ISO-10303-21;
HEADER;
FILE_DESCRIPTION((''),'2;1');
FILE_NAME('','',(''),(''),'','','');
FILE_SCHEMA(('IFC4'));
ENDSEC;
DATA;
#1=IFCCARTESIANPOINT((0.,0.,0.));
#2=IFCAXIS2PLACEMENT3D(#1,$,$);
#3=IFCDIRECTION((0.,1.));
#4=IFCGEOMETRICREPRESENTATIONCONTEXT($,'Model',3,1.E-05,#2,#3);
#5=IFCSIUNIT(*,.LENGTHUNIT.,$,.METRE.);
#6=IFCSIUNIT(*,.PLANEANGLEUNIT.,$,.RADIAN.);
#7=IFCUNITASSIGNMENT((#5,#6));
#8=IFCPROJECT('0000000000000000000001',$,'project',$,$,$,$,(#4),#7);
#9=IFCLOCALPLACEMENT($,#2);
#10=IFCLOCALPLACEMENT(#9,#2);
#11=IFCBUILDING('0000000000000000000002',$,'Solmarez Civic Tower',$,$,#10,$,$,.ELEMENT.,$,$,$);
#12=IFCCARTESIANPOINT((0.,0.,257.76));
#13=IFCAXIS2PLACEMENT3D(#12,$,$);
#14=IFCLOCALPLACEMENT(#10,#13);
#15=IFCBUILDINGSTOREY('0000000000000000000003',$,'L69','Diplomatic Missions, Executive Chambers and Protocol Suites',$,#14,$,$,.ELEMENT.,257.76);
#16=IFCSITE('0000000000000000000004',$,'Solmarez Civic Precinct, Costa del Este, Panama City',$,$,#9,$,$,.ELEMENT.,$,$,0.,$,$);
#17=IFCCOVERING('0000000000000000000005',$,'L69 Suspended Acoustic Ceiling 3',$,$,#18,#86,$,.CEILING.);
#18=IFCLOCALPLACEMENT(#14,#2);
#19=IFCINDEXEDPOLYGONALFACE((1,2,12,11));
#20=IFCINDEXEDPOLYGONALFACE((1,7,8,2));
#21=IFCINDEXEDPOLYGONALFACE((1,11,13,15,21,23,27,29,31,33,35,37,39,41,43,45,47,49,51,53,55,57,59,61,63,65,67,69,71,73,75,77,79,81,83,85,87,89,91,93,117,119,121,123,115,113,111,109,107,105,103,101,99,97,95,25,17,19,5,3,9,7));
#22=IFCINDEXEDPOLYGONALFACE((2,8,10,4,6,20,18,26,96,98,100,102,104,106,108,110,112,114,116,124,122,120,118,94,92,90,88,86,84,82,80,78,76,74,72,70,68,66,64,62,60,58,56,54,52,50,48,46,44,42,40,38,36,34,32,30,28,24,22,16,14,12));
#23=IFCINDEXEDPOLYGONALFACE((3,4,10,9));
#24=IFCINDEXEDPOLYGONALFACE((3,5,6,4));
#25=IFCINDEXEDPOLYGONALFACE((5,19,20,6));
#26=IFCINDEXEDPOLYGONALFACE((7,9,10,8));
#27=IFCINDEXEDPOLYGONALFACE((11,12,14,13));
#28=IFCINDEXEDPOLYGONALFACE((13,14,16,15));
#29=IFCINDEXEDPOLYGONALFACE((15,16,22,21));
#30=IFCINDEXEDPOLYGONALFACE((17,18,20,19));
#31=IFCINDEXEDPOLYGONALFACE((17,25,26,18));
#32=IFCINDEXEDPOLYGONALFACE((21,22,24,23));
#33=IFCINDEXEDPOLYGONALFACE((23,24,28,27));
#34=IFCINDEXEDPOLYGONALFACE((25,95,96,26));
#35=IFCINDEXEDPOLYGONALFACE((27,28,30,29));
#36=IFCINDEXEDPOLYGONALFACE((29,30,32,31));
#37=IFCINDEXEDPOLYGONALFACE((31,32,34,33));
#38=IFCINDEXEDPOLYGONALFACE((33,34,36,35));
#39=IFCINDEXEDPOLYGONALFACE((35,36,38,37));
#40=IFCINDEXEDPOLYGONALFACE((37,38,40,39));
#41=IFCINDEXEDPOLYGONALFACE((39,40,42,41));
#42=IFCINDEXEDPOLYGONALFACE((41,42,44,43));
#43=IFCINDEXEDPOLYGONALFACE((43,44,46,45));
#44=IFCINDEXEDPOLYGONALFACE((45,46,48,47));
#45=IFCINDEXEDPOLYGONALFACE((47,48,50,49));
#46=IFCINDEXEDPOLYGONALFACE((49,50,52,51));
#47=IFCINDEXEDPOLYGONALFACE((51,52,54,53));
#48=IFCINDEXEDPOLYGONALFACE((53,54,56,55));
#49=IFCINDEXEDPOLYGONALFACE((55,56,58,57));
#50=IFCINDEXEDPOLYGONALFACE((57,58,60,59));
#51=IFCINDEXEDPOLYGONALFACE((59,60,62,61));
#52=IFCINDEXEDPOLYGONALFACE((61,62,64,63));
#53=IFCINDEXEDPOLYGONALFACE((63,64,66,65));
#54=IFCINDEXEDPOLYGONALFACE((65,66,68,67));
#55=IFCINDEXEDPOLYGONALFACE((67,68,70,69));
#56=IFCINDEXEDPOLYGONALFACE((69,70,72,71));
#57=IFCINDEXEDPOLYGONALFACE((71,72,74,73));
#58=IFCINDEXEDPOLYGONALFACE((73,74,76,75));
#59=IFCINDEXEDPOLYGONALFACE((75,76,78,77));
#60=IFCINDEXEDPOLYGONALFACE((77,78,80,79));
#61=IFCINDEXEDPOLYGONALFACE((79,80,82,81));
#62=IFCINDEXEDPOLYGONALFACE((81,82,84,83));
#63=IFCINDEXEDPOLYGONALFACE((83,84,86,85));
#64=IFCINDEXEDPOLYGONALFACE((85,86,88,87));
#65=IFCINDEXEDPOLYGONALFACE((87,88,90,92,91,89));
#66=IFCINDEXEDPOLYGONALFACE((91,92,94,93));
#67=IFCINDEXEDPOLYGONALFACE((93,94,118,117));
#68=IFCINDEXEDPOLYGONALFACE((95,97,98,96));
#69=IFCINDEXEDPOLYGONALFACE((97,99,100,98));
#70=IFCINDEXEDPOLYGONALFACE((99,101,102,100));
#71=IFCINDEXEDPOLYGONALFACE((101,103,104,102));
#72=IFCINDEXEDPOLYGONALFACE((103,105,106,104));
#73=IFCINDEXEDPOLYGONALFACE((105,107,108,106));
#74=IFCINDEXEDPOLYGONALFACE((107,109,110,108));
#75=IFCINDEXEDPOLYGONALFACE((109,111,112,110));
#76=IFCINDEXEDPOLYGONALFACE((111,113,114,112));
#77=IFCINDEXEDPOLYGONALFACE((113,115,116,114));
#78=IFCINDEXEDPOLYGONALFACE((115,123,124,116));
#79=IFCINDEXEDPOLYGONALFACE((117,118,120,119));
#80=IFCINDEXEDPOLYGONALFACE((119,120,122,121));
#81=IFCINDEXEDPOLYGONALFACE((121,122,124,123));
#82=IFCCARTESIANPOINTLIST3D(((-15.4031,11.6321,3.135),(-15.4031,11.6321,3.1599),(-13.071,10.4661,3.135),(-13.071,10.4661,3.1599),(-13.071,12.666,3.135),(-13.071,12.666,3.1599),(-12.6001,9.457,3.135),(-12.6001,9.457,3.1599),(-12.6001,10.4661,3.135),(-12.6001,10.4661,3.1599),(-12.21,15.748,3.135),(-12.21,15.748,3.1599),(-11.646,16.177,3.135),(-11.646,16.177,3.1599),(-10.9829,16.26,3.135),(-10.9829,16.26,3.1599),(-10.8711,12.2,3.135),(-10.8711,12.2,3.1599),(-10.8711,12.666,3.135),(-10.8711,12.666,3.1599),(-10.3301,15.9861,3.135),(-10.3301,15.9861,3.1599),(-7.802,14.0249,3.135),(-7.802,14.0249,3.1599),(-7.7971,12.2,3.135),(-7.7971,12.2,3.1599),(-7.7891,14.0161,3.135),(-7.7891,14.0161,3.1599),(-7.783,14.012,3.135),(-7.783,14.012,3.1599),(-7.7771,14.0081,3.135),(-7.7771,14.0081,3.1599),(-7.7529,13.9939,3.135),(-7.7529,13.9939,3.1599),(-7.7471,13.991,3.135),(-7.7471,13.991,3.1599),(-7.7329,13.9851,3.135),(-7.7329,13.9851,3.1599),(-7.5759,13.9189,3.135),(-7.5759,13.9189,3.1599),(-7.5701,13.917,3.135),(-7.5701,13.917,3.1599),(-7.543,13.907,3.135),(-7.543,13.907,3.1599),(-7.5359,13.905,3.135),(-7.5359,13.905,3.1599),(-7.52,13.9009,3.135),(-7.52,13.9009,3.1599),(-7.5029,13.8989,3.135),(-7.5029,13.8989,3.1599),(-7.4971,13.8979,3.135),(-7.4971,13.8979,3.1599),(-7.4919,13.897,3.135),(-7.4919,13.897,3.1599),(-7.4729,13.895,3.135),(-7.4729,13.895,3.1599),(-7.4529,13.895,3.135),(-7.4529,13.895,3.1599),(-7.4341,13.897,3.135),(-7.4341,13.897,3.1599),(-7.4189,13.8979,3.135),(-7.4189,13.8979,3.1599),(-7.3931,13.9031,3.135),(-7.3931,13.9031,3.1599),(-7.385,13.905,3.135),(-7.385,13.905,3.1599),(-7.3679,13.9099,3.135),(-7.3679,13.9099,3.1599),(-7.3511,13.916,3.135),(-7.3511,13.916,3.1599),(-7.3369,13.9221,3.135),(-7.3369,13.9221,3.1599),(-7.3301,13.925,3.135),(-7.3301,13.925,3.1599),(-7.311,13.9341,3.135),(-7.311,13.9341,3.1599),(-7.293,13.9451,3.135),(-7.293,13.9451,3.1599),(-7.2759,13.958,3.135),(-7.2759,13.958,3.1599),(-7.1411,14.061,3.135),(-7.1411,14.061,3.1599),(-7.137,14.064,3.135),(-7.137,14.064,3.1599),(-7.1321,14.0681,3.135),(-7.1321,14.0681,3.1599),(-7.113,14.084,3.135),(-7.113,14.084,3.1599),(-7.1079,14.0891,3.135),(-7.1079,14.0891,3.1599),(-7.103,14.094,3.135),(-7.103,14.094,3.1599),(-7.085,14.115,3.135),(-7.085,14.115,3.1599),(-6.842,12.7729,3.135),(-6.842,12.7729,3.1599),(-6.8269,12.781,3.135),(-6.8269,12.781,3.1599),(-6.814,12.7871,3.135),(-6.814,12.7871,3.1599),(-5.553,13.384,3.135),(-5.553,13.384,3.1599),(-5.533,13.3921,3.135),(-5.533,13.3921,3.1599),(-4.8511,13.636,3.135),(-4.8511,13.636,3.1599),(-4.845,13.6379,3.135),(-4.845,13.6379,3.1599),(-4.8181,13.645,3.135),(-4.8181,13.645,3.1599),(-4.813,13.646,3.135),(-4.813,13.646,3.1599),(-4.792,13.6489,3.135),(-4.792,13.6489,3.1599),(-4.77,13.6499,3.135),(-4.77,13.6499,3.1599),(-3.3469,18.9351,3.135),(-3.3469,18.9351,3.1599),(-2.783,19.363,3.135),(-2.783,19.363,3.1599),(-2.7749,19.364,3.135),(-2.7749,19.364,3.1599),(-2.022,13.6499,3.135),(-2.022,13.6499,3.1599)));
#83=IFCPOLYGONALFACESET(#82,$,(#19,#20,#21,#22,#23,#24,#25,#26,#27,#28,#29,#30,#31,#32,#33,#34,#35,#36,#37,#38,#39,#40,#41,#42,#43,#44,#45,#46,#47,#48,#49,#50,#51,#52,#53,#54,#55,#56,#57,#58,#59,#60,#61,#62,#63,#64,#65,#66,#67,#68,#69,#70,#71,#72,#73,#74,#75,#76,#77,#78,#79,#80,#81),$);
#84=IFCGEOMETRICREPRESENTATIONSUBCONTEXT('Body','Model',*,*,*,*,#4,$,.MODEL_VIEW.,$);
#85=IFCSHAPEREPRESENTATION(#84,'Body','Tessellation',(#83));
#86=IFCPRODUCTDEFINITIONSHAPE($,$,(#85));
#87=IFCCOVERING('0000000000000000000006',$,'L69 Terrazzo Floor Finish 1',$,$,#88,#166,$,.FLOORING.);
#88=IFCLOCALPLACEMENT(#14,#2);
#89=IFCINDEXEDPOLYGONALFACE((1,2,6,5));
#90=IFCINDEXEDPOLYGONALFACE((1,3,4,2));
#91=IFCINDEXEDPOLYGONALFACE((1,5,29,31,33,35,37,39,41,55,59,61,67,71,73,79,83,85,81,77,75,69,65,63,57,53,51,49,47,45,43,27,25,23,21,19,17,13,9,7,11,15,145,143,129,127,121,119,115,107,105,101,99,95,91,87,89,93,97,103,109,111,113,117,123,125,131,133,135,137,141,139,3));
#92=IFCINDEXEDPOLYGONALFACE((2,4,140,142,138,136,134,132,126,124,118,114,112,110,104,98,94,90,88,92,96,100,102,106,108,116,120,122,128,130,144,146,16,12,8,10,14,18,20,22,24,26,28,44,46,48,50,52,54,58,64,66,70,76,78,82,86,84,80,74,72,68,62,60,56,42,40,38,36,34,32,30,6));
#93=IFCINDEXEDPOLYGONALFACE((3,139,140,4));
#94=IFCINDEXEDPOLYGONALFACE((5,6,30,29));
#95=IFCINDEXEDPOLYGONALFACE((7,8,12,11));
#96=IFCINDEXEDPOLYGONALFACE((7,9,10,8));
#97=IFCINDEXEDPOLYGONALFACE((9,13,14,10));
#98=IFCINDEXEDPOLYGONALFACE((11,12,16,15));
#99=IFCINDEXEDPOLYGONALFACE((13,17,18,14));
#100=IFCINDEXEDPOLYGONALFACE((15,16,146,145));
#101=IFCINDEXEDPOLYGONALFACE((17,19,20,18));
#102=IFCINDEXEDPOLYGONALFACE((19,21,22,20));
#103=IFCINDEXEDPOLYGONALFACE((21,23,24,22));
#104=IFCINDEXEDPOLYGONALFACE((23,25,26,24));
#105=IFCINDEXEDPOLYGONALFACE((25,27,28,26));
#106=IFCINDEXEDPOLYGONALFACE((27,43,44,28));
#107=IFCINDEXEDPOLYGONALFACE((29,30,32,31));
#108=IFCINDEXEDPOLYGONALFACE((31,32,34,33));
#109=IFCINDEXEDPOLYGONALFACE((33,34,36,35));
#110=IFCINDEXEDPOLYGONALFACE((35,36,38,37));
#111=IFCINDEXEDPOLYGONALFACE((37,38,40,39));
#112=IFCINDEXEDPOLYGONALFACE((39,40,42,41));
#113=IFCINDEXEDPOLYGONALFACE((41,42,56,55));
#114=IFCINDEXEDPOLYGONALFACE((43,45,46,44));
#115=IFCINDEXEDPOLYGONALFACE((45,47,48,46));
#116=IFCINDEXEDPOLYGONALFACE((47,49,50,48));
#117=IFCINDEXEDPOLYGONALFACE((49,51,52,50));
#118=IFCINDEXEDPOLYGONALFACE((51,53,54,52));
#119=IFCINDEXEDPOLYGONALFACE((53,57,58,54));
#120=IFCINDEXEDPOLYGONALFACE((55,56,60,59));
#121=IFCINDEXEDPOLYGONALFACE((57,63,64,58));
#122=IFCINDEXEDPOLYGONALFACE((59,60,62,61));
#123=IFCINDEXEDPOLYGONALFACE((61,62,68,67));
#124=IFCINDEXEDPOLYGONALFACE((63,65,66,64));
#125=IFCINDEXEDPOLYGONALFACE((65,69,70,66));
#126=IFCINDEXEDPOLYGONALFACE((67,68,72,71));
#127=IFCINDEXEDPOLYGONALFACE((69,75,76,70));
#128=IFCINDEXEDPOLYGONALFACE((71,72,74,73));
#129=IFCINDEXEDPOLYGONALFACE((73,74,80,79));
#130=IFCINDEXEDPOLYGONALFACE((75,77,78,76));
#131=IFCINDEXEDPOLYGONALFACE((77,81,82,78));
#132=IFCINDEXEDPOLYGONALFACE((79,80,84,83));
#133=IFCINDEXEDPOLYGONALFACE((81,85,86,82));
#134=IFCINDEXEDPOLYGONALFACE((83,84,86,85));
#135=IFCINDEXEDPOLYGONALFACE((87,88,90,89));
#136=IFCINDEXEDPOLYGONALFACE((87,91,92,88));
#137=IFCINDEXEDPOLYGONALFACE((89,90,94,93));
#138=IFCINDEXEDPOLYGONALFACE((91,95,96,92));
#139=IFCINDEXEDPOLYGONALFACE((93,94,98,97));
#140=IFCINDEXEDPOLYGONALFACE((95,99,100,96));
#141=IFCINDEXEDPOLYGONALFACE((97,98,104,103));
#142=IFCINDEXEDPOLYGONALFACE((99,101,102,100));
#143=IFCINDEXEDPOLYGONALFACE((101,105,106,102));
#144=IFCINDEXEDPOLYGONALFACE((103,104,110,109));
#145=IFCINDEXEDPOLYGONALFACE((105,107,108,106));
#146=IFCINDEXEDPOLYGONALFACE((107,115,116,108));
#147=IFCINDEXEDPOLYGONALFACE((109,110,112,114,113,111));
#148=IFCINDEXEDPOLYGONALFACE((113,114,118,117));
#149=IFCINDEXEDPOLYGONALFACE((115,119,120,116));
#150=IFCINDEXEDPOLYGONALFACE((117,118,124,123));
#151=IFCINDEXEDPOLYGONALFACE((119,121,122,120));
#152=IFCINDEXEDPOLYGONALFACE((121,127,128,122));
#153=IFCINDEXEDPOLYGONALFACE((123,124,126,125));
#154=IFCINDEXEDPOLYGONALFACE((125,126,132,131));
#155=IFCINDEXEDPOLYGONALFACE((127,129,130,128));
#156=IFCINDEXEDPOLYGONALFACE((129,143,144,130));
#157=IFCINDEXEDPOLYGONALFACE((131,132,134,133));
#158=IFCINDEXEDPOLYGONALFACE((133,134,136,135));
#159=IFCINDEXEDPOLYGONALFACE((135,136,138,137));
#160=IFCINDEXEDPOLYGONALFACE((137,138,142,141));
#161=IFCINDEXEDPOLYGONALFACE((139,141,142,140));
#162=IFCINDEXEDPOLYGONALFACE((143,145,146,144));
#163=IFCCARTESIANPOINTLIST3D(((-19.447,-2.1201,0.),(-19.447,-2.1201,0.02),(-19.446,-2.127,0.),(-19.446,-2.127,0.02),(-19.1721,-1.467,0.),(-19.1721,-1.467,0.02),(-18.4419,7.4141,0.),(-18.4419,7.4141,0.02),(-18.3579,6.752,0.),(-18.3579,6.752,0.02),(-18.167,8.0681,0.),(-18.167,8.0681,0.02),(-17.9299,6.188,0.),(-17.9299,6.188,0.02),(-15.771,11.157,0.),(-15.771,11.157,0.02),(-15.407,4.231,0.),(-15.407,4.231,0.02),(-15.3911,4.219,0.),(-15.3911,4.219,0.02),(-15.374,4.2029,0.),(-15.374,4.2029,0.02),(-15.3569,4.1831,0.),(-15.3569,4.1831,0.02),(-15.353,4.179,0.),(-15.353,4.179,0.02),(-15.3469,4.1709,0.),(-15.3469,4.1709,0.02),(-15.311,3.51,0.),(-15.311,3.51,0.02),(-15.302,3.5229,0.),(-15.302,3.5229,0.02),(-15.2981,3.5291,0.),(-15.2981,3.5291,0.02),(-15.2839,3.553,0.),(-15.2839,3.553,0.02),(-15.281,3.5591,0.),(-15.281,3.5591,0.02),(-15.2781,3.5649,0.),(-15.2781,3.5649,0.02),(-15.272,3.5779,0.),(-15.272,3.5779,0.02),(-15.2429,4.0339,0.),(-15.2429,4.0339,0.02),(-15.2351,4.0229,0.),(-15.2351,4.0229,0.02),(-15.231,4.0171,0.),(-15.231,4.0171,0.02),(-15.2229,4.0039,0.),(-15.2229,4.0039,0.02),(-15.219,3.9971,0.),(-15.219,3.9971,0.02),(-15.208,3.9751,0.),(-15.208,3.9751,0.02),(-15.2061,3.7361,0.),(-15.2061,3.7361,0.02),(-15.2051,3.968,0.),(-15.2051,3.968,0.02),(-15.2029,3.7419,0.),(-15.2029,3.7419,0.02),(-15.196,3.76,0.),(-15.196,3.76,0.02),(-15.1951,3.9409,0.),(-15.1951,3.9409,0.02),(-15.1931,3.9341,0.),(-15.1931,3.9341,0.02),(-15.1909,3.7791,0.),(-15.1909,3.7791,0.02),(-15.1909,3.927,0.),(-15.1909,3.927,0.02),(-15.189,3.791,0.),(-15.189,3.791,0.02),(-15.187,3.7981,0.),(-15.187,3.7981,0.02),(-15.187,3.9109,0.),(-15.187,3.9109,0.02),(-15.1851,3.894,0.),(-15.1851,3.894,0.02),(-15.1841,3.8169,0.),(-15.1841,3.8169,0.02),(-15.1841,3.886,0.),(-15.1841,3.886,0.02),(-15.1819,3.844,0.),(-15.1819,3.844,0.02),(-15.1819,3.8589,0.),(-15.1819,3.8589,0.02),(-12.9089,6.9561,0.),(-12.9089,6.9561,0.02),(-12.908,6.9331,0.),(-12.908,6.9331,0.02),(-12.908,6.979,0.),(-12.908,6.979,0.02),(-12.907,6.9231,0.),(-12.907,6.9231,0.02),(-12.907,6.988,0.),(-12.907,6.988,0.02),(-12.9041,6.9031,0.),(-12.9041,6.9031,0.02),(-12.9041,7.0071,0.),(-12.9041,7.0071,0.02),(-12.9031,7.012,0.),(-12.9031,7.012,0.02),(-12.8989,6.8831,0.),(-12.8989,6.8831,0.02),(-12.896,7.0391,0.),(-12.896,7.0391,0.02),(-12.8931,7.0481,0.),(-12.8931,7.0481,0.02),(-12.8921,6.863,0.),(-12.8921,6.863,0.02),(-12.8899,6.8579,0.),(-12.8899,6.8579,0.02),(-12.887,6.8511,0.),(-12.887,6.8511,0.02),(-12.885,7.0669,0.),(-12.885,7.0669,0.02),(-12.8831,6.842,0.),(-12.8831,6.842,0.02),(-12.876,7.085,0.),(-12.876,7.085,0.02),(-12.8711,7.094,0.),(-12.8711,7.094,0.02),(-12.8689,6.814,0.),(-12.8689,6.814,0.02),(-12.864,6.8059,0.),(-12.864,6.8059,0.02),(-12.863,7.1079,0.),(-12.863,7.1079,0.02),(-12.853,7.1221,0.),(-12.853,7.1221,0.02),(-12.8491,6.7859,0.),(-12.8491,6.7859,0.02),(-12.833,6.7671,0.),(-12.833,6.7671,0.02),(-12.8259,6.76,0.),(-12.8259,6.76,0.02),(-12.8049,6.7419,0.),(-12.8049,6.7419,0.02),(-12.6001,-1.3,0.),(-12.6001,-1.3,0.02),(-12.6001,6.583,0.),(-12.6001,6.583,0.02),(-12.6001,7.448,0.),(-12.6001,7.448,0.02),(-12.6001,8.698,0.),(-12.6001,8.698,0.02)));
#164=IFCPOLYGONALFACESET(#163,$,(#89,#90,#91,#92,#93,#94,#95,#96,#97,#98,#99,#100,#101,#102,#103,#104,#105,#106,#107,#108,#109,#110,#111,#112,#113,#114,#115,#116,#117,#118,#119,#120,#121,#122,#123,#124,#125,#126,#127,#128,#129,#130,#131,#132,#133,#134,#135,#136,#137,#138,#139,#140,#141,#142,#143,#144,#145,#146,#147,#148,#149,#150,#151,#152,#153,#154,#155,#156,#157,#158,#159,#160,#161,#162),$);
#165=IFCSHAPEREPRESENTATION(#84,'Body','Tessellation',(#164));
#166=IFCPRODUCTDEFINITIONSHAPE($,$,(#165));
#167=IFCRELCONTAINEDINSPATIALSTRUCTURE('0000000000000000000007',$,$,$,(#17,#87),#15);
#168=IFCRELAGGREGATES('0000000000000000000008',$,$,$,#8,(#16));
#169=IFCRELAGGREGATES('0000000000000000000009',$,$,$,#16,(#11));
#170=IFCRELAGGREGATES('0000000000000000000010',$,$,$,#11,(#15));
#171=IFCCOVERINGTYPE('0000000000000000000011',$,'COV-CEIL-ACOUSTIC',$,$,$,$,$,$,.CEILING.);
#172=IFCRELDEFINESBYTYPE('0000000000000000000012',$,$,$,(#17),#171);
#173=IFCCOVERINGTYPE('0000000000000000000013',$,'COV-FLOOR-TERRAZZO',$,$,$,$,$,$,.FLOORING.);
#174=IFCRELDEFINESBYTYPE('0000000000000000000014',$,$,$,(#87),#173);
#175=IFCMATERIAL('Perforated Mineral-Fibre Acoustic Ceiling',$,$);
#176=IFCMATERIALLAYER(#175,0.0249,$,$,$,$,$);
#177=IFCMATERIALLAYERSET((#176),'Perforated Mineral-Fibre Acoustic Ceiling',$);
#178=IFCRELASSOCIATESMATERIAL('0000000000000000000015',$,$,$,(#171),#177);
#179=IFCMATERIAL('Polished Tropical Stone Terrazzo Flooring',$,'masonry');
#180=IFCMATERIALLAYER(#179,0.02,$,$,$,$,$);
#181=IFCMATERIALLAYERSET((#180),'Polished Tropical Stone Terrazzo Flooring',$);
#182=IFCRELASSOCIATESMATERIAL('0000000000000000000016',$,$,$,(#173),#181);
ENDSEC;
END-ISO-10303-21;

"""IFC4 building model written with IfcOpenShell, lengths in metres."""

from ifc_helpers import new_model, si_unit, direction, frame, origin, place, context, subcontext, project, spatial, polyline, outline, extrude, material, layer, layer_set, type_object, element, save


model = new_model("IFC4")

# Units and contexts
model_context = context("Model", 3, precision=1e-05, world=origin(), true_north=direction((0.0, 1.0)))
body_context = subcontext(model_context, "Body", "Model", "MODEL_VIEW")
ifc_project = project(units=[si_unit("LENGTHUNIT", "METRE"), si_unit("PLANEANGLEUNIT", "RADIAN")], contexts=[model_context])

# Site, building, storey
site_placement = place(None, origin())
site = spatial("IfcSite", under=ifc_project, at=site_placement, Name="Solmarez Civic Precinct, Costa del Este, Panama City", CompositionType="ELEMENT", RefElevation=0.0)
building_placement = place(site_placement, origin())
building = spatial("IfcBuilding", under=site, at=building_placement, Name="Solmarez Civic Tower", CompositionType="ELEMENT")
storey_placement = place(building_placement, frame((0.0, 0.0, 257.76)))
storey = spatial("IfcBuildingStorey", under=building, at=storey_placement, Name="L69", Description="Diplomatic Missions, Executive Chambers and Protocol Suites", CompositionType="ELEMENT", Elevation=257.76)

# Coverings
ifc_material_1 = material(Name="Perforated Mineral-Fibre Acoustic Ceiling")
ifc_layer_1 = layer(ifc_material_1, 0.0249)
ifc_layer_set_1 = layer_set([ifc_layer_1], Name="Perforated Mineral-Fibre Acoustic Ceiling")
covering_type_1 = type_object("IfcCoveringType", Name="COV-CEIL-ACOUSTIC", PredefinedType="CEILING", material=ifc_layer_set_1)
covering_1_placement = place(storey_placement, frame((0.0, 0.0, 3.135)))
element("IfcCovering", 1, at=covering_1_placement, inside=storey, type_object=covering_type_1, Name="L69 Suspended Acoustic Ceiling 3", PredefinedType="CEILING", context=body_context, shape_type="SweptSolid", body=[
    extrude(outline(polyline([(-12.6001, 9.457), (-12.6001, 10.4661), (-13.071, 10.4661), (-13.071, 12.666), (-10.8711, 12.666), (-10.8711, 12.2), (-7.7971, 12.2), (-6.842, 12.7729), (-6.8269, 12.781), (-6.814, 12.7871), (-5.553, 13.384), (-5.533, 13.3921), (-4.8511, 13.636), (-4.845, 13.6379), (-4.8181, 13.645), (-4.813, 13.646), (-4.792, 13.6489), (-4.77, 13.6499), (-2.022, 13.6499), (-2.7749, 19.364), (-2.783, 19.363), (-3.3469, 18.9351), (-7.085, 14.115), (-7.103, 14.094), (-7.1079, 14.0891), (-7.113, 14.084), (-7.1321, 14.0681), (-7.137, 14.064), (-7.1411, 14.061), (-7.2759, 13.958), (-7.293, 13.9451), (-7.311, 13.9341), (-7.3301, 13.925), (-7.3369, 13.9221), (-7.3511, 13.916), (-7.3679, 13.9099), (-7.385, 13.905), (-7.3931, 13.9031), (-7.4189, 13.8979), (-7.4341, 13.897), (-7.4529, 13.895), (-7.4729, 13.895), (-7.4919, 13.897), (-7.4971, 13.8979), (-7.5029, 13.8989), (-7.52, 13.9009), (-7.5359, 13.905), (-7.543, 13.907), (-7.5701, 13.917), (-7.5759, 13.9189), (-7.7329, 13.9851), (-7.7471, 13.991), (-7.7529, 13.9939), (-7.7771, 14.0081), (-7.783, 14.012), (-7.7891, 14.0161), (-7.802, 14.0249), (-10.3301, 15.9861), (-10.9829, 16.26), (-11.646, 16.177), (-12.21, 15.748), (-15.4031, 11.6321), (-12.6001, 9.457)])), origin(), (0.0, 0.0, 1.0), 0.0249),
])
ifc_material_2 = material(Name="Polished Tropical Stone Terrazzo Flooring", Category="masonry")
ifc_layer_2 = layer(ifc_material_2, 0.02)
ifc_layer_set_2 = layer_set([ifc_layer_2], Name="Polished Tropical Stone Terrazzo Flooring")
covering_type_2 = type_object("IfcCoveringType", Name="COV-FLOOR-TERRAZZO", PredefinedType="FLOORING", material=ifc_layer_set_2)
covering_2_placement = place(storey_placement, origin())
element("IfcCovering", 2, at=covering_2_placement, inside=storey, type_object=covering_type_2, Name="L69 Terrazzo Floor Finish 1", PredefinedType="FLOORING", context=body_context, shape_type="SweptSolid", body=[
    extrude(outline(polyline([(-15.407, 4.231), (-15.3911, 4.219), (-15.374, 4.2029), (-15.3569, 4.1831), (-15.353, 4.179), (-15.3469, 4.1709), (-15.2429, 4.0339), (-15.2351, 4.0229), (-15.231, 4.0171), (-15.2229, 4.0039), (-15.219, 3.9971), (-15.208, 3.9751), (-15.2051, 3.968), (-15.1951, 3.9409), (-15.1931, 3.9341), (-15.1909, 3.927), (-15.187, 3.9109), (-15.1851, 3.894), (-15.1841, 3.886), (-15.1819, 3.8589), (-15.1819, 3.844), (-15.1841, 3.8169), (-15.187, 3.7981), (-15.189, 3.791), (-15.1909, 3.7791), (-15.196, 3.76), (-15.2029, 3.7419), (-15.2061, 3.7361), (-15.272, 3.5779), (-15.2781, 3.5649), (-15.281, 3.5591), (-15.2839, 3.553), (-15.2981, 3.5291), (-15.302, 3.5229), (-15.311, 3.51), (-19.1721, -1.467), (-19.447, -2.1201), (-19.446, -2.127), (-12.6001, -1.3), (-12.6001, 6.583), (-12.8049, 6.7419), (-12.8259, 6.76), (-12.833, 6.7671), (-12.8491, 6.7859), (-12.864, 6.8059), (-12.8689, 6.814), (-12.8831, 6.842), (-12.887, 6.8511), (-12.8899, 6.8579), (-12.8921, 6.863), (-12.8989, 6.8831), (-12.9041, 6.9031), (-12.907, 6.9231), (-12.908, 6.9331), (-12.9089, 6.9561), (-12.908, 6.979), (-12.907, 6.988), (-12.9041, 7.0071), (-12.9031, 7.012), (-12.896, 7.0391), (-12.8931, 7.0481), (-12.885, 7.0669), (-12.876, 7.085), (-12.8711, 7.094), (-12.863, 7.1079), (-12.853, 7.1221), (-12.6001, 7.448), (-12.6001, 8.698), (-15.771, 11.157), (-18.167, 8.0681), (-18.4419, 7.4141), (-18.3579, 6.752), (-17.9299, 6.188), (-15.407, 4.231)])), origin(), (0.0, 0.0, 1.0), 0.02),
])

save(model, "model.ifc")
